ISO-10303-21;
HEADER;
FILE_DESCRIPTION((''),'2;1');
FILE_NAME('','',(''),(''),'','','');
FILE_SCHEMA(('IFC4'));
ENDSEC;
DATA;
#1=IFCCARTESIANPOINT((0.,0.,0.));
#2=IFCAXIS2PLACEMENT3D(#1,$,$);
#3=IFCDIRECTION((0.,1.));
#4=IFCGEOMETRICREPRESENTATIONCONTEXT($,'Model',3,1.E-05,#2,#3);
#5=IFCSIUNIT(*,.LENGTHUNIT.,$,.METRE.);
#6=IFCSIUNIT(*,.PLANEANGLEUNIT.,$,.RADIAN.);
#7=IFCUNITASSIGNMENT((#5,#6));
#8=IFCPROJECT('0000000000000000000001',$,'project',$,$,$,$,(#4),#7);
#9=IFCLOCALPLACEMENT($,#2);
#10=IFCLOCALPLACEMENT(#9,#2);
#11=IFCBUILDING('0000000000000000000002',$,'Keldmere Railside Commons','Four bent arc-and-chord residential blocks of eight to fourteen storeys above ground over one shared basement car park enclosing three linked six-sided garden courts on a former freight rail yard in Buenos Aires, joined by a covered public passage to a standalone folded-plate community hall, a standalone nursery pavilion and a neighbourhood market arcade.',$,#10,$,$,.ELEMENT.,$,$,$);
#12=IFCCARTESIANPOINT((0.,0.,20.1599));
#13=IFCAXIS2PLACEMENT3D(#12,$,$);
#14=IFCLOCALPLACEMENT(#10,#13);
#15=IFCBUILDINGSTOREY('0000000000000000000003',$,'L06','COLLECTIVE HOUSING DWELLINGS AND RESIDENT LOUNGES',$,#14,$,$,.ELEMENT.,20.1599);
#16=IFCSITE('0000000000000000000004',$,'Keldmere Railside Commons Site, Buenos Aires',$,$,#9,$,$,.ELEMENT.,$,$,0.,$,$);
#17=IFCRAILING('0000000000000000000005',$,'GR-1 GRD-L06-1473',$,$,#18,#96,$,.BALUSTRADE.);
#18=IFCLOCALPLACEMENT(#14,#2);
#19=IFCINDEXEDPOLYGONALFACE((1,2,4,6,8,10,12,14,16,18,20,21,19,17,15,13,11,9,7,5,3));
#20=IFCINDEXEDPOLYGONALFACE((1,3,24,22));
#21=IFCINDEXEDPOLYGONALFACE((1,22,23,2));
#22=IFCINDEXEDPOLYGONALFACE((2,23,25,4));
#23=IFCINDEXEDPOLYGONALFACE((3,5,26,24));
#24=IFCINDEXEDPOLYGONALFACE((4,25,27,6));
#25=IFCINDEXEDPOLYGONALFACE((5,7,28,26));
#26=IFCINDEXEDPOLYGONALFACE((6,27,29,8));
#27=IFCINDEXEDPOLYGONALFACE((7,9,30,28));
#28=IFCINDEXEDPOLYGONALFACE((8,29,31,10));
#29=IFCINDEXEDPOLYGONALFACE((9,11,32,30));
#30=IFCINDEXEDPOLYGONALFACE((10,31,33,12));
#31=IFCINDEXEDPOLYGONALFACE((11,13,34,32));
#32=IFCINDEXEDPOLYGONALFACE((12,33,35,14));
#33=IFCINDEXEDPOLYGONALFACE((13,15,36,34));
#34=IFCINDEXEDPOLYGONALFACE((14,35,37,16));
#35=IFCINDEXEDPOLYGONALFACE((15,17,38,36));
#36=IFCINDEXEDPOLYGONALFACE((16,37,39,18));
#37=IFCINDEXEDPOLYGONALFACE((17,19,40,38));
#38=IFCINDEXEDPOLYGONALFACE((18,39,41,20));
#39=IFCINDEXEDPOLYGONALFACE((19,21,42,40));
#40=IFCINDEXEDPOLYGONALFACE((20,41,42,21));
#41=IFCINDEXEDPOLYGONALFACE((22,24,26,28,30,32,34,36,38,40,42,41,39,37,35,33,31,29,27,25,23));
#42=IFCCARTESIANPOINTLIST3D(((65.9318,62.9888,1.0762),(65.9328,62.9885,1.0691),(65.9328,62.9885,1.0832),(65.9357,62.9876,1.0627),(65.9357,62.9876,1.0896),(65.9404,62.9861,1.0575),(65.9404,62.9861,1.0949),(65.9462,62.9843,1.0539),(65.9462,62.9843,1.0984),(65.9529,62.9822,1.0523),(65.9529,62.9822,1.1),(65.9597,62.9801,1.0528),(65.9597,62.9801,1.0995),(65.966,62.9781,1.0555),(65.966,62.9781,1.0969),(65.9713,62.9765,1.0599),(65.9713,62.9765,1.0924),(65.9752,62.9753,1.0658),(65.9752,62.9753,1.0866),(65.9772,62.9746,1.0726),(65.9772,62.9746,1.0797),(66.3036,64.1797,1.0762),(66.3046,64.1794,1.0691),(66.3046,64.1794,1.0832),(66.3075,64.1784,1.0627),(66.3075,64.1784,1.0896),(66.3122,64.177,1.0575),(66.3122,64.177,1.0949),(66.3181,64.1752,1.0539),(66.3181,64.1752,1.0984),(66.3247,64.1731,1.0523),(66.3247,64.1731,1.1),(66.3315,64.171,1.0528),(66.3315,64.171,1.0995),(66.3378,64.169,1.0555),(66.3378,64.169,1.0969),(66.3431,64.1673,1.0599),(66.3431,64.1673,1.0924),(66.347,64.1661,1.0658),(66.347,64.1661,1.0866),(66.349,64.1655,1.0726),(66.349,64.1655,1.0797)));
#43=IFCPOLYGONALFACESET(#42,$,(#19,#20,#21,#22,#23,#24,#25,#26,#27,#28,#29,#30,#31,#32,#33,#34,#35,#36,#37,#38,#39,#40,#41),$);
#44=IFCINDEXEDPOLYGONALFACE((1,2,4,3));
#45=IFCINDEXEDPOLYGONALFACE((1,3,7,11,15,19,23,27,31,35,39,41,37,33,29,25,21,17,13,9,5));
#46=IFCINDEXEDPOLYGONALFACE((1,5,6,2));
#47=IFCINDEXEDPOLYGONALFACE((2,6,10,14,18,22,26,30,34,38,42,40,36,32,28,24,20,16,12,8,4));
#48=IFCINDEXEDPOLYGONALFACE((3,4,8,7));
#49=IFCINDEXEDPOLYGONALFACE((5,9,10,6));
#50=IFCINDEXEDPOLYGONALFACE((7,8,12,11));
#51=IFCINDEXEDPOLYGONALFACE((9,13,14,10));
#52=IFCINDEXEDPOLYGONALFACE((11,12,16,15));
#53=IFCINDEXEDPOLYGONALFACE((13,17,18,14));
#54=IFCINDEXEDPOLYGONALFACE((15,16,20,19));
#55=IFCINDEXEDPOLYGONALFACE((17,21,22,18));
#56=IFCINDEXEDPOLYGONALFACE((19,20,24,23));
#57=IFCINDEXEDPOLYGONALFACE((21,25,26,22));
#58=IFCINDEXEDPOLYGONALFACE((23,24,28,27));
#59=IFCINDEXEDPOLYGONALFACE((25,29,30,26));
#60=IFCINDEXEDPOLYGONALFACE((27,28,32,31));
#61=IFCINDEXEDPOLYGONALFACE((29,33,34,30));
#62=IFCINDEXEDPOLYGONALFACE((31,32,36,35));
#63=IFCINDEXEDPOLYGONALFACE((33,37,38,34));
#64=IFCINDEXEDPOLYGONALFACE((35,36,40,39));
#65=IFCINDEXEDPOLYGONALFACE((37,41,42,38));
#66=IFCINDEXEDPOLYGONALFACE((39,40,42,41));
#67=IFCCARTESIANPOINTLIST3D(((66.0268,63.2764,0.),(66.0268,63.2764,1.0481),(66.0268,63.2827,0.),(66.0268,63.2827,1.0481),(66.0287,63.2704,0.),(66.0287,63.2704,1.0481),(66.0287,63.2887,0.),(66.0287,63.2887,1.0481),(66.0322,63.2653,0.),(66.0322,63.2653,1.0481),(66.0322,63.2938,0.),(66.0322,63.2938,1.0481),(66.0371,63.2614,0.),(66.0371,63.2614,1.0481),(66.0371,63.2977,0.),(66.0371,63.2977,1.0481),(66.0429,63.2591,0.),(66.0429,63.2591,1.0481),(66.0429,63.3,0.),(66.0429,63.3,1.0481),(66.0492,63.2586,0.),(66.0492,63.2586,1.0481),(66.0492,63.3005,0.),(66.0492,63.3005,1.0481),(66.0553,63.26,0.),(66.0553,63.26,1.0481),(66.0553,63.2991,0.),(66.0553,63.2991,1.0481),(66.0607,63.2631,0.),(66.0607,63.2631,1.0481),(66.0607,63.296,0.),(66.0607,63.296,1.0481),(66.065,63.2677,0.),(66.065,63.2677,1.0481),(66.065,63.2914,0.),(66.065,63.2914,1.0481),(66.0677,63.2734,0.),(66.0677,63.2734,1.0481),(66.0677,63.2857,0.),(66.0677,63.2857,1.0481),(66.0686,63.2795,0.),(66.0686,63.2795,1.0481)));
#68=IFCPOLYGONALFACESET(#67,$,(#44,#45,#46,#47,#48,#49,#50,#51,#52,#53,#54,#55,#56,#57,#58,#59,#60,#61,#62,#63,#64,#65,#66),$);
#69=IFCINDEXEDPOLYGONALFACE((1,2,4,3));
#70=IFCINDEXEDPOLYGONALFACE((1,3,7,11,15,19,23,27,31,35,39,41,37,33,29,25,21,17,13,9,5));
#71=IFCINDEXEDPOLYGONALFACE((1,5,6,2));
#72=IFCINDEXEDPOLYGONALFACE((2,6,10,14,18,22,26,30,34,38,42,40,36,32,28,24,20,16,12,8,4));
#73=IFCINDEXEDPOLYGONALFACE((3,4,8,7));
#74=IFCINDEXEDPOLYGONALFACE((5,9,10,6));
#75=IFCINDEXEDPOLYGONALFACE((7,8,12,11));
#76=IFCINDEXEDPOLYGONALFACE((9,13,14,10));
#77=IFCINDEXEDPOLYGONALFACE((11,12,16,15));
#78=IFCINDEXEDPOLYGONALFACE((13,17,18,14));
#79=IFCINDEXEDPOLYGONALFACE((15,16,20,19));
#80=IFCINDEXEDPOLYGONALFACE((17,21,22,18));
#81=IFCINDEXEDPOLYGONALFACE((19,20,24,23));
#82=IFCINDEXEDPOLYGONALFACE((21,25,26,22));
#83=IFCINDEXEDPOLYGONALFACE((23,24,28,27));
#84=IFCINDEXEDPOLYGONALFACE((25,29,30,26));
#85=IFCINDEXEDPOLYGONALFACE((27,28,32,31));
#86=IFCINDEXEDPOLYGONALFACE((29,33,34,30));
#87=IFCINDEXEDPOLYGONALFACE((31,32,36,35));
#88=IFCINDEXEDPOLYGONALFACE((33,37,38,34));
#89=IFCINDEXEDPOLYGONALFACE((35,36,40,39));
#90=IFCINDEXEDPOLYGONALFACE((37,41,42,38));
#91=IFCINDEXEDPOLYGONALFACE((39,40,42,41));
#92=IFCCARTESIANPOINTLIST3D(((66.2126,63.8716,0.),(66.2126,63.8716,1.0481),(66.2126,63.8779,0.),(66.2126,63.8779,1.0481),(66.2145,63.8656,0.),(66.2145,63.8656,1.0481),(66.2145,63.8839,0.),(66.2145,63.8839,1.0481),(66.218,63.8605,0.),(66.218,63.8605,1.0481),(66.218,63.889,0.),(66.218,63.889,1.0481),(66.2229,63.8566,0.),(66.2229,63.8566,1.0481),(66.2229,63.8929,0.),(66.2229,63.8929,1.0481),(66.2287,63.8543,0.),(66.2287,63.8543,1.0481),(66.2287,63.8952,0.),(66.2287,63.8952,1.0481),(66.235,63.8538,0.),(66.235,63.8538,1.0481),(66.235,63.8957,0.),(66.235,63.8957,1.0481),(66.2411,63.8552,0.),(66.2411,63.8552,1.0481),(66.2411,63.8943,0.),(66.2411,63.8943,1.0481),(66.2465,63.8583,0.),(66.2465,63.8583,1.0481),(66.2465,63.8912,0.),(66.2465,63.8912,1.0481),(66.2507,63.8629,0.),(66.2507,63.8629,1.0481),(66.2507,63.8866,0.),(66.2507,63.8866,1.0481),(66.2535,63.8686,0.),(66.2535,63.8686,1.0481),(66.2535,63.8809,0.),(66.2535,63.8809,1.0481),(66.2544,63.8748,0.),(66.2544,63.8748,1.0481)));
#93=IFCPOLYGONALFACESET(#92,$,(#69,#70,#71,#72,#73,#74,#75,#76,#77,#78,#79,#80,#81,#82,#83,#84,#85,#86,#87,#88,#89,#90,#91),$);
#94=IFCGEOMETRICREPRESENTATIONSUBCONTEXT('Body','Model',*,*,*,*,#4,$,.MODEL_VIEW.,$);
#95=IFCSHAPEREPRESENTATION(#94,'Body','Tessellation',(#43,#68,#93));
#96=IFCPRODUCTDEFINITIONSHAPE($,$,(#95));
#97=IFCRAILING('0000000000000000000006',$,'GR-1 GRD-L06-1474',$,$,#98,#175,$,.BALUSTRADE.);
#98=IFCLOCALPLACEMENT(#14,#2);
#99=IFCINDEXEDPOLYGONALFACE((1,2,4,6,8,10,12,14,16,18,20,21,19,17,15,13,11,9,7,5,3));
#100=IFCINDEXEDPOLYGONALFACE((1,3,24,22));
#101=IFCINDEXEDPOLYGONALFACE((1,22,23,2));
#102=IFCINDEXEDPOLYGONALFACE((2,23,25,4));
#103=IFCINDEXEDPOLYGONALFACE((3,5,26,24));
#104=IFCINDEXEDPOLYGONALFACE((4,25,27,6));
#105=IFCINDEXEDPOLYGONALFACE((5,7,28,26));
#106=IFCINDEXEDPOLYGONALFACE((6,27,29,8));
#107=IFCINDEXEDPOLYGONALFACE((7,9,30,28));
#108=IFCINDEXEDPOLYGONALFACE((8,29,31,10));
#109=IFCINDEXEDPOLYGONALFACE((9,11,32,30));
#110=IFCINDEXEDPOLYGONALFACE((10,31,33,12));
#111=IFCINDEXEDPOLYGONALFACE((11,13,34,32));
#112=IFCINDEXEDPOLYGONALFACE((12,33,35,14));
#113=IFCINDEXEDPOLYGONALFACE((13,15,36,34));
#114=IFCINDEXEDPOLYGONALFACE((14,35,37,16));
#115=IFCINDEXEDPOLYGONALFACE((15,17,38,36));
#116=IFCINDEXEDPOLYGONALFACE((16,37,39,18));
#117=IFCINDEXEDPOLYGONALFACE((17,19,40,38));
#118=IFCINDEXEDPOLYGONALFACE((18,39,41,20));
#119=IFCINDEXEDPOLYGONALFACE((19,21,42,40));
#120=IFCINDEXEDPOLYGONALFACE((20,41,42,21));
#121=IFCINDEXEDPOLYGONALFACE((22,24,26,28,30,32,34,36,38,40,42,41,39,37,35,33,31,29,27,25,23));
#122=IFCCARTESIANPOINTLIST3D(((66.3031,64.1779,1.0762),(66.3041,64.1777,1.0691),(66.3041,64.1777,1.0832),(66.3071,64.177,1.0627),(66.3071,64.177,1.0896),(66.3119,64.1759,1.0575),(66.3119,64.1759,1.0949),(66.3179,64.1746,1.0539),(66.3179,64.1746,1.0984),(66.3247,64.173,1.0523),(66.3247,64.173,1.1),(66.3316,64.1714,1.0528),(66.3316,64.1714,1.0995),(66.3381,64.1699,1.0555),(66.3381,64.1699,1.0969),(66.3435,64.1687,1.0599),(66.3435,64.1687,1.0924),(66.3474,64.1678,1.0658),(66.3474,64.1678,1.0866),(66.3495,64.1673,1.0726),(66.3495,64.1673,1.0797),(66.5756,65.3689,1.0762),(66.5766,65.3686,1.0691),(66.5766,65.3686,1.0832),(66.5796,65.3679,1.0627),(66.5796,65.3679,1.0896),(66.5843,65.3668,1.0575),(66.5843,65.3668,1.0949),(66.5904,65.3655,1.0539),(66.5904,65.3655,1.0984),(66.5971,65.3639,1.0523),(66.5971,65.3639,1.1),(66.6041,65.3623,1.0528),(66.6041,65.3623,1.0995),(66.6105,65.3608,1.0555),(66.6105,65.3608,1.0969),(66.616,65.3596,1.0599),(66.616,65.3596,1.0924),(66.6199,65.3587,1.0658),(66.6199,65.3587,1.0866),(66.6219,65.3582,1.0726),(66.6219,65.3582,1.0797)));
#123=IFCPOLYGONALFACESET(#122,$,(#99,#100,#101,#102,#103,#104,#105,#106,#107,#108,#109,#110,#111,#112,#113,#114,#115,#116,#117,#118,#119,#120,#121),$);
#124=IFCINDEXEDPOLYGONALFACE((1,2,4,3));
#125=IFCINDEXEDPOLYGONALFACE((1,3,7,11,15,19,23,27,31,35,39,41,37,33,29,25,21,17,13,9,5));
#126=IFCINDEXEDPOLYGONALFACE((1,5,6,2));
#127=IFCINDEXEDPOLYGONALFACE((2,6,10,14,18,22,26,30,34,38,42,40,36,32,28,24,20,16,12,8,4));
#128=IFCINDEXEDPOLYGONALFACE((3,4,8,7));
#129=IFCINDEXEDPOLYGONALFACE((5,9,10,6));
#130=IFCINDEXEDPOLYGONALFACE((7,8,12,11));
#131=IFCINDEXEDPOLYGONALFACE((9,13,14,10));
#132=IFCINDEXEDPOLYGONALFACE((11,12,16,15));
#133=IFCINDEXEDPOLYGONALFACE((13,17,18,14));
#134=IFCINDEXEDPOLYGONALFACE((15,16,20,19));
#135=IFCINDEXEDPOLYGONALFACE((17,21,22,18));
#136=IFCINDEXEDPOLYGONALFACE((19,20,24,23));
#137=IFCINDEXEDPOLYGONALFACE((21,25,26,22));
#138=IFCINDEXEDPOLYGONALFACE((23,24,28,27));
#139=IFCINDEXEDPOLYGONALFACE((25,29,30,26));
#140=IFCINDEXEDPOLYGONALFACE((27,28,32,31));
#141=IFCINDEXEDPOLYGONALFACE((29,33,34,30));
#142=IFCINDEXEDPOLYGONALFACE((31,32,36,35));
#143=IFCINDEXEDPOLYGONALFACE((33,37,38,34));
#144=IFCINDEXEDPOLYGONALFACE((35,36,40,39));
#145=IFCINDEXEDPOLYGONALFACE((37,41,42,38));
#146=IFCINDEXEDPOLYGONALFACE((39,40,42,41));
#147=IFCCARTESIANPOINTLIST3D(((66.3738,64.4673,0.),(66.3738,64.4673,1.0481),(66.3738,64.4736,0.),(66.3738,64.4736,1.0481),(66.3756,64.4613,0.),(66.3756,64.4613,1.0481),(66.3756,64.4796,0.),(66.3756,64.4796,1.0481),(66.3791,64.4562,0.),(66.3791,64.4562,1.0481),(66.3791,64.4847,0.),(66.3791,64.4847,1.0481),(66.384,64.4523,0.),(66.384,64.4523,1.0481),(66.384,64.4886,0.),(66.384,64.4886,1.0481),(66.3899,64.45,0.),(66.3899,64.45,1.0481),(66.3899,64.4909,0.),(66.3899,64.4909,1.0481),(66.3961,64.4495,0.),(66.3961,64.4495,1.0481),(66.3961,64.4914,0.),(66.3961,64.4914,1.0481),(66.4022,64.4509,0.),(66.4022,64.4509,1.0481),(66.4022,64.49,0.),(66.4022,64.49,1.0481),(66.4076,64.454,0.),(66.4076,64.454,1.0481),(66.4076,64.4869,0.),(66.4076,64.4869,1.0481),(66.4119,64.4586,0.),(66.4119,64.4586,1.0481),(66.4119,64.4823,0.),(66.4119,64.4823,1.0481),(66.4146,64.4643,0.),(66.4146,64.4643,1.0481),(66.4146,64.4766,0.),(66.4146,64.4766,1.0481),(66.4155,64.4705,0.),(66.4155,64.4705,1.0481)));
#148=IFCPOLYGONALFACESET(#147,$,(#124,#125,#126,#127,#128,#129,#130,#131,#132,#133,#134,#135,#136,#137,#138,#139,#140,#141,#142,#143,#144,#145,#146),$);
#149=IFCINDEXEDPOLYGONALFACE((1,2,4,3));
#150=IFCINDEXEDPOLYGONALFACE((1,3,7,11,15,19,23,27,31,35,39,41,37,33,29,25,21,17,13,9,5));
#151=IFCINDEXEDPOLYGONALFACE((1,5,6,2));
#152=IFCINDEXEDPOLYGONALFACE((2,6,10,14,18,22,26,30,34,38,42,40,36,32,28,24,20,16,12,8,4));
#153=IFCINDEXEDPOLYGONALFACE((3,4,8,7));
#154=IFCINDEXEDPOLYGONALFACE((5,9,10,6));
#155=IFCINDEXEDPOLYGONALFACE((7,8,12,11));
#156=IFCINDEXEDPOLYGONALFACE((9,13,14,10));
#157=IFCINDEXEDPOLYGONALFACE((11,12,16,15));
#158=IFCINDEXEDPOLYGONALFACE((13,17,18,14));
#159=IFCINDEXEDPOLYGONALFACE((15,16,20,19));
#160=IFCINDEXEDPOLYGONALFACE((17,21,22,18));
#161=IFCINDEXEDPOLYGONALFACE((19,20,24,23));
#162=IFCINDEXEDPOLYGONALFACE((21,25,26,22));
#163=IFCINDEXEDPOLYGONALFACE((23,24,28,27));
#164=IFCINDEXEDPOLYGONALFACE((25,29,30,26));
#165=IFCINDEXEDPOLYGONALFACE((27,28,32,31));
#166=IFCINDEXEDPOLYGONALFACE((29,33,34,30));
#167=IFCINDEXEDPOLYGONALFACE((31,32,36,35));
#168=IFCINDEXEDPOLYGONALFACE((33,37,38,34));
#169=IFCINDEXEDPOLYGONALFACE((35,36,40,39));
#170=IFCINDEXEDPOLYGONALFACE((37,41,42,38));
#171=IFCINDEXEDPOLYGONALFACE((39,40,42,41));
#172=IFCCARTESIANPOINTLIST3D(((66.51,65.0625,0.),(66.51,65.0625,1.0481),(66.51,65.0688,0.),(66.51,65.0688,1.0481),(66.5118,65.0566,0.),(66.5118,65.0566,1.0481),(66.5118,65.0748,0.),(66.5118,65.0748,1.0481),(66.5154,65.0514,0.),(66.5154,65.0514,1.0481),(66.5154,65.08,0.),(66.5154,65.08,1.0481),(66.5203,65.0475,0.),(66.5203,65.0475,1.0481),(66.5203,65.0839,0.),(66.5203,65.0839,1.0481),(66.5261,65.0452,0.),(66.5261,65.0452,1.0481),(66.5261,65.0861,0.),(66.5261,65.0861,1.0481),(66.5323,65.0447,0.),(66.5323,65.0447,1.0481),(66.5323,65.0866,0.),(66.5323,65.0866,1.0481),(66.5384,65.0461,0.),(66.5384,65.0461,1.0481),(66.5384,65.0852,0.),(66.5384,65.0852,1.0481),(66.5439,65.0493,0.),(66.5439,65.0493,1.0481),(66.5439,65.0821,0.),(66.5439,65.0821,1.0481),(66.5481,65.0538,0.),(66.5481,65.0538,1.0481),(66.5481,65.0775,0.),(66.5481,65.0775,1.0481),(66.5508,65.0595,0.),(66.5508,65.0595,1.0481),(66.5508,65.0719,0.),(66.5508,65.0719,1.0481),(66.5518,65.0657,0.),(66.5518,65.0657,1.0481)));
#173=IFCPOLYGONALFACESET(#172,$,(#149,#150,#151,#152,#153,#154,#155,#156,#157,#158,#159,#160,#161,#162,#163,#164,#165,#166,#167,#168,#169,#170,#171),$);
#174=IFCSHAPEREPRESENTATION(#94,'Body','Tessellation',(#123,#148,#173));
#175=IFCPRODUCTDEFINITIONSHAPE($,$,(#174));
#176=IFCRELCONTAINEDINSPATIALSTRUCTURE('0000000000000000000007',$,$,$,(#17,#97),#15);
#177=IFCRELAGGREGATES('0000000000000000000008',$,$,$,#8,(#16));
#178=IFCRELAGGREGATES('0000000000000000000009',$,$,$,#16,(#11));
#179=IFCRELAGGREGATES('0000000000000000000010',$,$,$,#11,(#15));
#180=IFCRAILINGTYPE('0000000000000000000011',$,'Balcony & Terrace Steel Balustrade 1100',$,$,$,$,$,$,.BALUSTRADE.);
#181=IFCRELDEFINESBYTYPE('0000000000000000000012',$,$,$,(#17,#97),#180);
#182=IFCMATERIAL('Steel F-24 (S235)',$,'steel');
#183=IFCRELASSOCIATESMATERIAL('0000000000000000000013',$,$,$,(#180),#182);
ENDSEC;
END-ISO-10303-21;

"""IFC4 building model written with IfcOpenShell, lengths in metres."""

from ifc_helpers import new_model, si_unit, direction, frame, origin, origin_2d, place, context, subcontext, project, spatial, circle, extrude, material, type_object, element, save


model = new_model("IFC4")

# Units and contexts
model_context = context("Model", 3, precision=1e-05, world=origin(), true_north=direction((0.0, 1.0)))
body_context = subcontext(model_context, "Body", "Model", "MODEL_VIEW")
ifc_project = project(units=[si_unit("LENGTHUNIT", "METRE"), si_unit("PLANEANGLEUNIT", "RADIAN")], contexts=[model_context])

# Site, building, storey
site_placement = place(None, origin())
site = spatial("IfcSite", under=ifc_project, at=site_placement, Name="Keldmere Railside Commons Site, Buenos Aires", CompositionType="ELEMENT", RefElevation=0.0)
building_placement = place(site_placement, origin())
building = spatial("IfcBuilding", under=site, at=building_placement, Name="Keldmere Railside Commons", Description="Four bent arc-and-chord residential blocks of eight to fourteen storeys above ground over one shared basement car park enclosing three linked six-sided garden courts on a former freight rail yard in Buenos Aires, joined by a covered public passage to a standalone folded-plate community hall, a standalone nursery pavilion and a neighbourhood market arcade.", CompositionType="ELEMENT")
storey_placement = place(building_placement, frame((0.0, 0.0, 20.1599)))
storey = spatial("IfcBuildingStorey", under=building, at=storey_placement, Name="L06", Description="COLLECTIVE HOUSING DWELLINGS AND RESIDENT LOUNGES", CompositionType="ELEMENT", Elevation=20.1599)

# Railings
ifc_material_1 = material(Name="Steel F-24 (S235)", Category="steel")
railing_type = type_object("IfcRailingType", Name="Balcony & Terrace Steel Balustrade 1100", PredefinedType="BALUSTRADE", material=ifc_material_1)
railing_1_placement = place(storey_placement, frame((65.9546, 62.9817, 0.0)))
element("IfcRailing", 1, at=railing_1_placement, inside=storey, type_object=railing_type, Name="GR-1 GRD-L06-1473", PredefinedType="BALUSTRADE", context=body_context, shape_type="SweptSolid", body=[
    extrude(circle(Radius=0.0239, at=origin_2d()), frame((0.0, 0.0, 1.0762), z_axis=(0.29803, 0.954557, 0.0), x_axis=(-0.954557, 0.29803, 0.0)), (0.0, 0.0, 1.0), 1.2476),
    extrude(circle(Radius=0.021, at=origin_2d()), frame((0.093, 0.2979, 0.0)), (0.0, 0.0, 1.0), 1.0481),
    extrude(circle(Radius=0.021, at=origin_2d()), frame((0.2788, 0.8931, 0.0)), (0.0, 0.0, 1.0), 1.0481),
])
railing_2_placement = place(storey_placement, frame((66.3264, 64.1726, 0.0)))
element("IfcRailing", 2, at=railing_2_placement, inside=storey, type_object=railing_type, Name="GR-1 GRD-L06-1474", PredefinedType="BALUSTRADE", context=body_context, shape_type="SweptSolid", body=[
    extrude(circle(Radius=0.0239, at=origin_2d()), frame((0.0, 0.0, 1.0762), z_axis=(0.22302, 0.974814, 0.0), x_axis=(-0.974814, 0.22302, 0.0)), (0.0, 0.0, 1.0), 1.2217),
    extrude(circle(Radius=0.021, at=origin_2d()), frame((0.0681, 0.2979, 0.0)), (0.0, 0.0, 1.0), 1.0481),
    extrude(circle(Radius=0.021, at=origin_2d()), frame((0.2043, 0.8931, 0.0)), (0.0, 0.0, 1.0), 1.0481),
])

save(model, "model.ifc")
